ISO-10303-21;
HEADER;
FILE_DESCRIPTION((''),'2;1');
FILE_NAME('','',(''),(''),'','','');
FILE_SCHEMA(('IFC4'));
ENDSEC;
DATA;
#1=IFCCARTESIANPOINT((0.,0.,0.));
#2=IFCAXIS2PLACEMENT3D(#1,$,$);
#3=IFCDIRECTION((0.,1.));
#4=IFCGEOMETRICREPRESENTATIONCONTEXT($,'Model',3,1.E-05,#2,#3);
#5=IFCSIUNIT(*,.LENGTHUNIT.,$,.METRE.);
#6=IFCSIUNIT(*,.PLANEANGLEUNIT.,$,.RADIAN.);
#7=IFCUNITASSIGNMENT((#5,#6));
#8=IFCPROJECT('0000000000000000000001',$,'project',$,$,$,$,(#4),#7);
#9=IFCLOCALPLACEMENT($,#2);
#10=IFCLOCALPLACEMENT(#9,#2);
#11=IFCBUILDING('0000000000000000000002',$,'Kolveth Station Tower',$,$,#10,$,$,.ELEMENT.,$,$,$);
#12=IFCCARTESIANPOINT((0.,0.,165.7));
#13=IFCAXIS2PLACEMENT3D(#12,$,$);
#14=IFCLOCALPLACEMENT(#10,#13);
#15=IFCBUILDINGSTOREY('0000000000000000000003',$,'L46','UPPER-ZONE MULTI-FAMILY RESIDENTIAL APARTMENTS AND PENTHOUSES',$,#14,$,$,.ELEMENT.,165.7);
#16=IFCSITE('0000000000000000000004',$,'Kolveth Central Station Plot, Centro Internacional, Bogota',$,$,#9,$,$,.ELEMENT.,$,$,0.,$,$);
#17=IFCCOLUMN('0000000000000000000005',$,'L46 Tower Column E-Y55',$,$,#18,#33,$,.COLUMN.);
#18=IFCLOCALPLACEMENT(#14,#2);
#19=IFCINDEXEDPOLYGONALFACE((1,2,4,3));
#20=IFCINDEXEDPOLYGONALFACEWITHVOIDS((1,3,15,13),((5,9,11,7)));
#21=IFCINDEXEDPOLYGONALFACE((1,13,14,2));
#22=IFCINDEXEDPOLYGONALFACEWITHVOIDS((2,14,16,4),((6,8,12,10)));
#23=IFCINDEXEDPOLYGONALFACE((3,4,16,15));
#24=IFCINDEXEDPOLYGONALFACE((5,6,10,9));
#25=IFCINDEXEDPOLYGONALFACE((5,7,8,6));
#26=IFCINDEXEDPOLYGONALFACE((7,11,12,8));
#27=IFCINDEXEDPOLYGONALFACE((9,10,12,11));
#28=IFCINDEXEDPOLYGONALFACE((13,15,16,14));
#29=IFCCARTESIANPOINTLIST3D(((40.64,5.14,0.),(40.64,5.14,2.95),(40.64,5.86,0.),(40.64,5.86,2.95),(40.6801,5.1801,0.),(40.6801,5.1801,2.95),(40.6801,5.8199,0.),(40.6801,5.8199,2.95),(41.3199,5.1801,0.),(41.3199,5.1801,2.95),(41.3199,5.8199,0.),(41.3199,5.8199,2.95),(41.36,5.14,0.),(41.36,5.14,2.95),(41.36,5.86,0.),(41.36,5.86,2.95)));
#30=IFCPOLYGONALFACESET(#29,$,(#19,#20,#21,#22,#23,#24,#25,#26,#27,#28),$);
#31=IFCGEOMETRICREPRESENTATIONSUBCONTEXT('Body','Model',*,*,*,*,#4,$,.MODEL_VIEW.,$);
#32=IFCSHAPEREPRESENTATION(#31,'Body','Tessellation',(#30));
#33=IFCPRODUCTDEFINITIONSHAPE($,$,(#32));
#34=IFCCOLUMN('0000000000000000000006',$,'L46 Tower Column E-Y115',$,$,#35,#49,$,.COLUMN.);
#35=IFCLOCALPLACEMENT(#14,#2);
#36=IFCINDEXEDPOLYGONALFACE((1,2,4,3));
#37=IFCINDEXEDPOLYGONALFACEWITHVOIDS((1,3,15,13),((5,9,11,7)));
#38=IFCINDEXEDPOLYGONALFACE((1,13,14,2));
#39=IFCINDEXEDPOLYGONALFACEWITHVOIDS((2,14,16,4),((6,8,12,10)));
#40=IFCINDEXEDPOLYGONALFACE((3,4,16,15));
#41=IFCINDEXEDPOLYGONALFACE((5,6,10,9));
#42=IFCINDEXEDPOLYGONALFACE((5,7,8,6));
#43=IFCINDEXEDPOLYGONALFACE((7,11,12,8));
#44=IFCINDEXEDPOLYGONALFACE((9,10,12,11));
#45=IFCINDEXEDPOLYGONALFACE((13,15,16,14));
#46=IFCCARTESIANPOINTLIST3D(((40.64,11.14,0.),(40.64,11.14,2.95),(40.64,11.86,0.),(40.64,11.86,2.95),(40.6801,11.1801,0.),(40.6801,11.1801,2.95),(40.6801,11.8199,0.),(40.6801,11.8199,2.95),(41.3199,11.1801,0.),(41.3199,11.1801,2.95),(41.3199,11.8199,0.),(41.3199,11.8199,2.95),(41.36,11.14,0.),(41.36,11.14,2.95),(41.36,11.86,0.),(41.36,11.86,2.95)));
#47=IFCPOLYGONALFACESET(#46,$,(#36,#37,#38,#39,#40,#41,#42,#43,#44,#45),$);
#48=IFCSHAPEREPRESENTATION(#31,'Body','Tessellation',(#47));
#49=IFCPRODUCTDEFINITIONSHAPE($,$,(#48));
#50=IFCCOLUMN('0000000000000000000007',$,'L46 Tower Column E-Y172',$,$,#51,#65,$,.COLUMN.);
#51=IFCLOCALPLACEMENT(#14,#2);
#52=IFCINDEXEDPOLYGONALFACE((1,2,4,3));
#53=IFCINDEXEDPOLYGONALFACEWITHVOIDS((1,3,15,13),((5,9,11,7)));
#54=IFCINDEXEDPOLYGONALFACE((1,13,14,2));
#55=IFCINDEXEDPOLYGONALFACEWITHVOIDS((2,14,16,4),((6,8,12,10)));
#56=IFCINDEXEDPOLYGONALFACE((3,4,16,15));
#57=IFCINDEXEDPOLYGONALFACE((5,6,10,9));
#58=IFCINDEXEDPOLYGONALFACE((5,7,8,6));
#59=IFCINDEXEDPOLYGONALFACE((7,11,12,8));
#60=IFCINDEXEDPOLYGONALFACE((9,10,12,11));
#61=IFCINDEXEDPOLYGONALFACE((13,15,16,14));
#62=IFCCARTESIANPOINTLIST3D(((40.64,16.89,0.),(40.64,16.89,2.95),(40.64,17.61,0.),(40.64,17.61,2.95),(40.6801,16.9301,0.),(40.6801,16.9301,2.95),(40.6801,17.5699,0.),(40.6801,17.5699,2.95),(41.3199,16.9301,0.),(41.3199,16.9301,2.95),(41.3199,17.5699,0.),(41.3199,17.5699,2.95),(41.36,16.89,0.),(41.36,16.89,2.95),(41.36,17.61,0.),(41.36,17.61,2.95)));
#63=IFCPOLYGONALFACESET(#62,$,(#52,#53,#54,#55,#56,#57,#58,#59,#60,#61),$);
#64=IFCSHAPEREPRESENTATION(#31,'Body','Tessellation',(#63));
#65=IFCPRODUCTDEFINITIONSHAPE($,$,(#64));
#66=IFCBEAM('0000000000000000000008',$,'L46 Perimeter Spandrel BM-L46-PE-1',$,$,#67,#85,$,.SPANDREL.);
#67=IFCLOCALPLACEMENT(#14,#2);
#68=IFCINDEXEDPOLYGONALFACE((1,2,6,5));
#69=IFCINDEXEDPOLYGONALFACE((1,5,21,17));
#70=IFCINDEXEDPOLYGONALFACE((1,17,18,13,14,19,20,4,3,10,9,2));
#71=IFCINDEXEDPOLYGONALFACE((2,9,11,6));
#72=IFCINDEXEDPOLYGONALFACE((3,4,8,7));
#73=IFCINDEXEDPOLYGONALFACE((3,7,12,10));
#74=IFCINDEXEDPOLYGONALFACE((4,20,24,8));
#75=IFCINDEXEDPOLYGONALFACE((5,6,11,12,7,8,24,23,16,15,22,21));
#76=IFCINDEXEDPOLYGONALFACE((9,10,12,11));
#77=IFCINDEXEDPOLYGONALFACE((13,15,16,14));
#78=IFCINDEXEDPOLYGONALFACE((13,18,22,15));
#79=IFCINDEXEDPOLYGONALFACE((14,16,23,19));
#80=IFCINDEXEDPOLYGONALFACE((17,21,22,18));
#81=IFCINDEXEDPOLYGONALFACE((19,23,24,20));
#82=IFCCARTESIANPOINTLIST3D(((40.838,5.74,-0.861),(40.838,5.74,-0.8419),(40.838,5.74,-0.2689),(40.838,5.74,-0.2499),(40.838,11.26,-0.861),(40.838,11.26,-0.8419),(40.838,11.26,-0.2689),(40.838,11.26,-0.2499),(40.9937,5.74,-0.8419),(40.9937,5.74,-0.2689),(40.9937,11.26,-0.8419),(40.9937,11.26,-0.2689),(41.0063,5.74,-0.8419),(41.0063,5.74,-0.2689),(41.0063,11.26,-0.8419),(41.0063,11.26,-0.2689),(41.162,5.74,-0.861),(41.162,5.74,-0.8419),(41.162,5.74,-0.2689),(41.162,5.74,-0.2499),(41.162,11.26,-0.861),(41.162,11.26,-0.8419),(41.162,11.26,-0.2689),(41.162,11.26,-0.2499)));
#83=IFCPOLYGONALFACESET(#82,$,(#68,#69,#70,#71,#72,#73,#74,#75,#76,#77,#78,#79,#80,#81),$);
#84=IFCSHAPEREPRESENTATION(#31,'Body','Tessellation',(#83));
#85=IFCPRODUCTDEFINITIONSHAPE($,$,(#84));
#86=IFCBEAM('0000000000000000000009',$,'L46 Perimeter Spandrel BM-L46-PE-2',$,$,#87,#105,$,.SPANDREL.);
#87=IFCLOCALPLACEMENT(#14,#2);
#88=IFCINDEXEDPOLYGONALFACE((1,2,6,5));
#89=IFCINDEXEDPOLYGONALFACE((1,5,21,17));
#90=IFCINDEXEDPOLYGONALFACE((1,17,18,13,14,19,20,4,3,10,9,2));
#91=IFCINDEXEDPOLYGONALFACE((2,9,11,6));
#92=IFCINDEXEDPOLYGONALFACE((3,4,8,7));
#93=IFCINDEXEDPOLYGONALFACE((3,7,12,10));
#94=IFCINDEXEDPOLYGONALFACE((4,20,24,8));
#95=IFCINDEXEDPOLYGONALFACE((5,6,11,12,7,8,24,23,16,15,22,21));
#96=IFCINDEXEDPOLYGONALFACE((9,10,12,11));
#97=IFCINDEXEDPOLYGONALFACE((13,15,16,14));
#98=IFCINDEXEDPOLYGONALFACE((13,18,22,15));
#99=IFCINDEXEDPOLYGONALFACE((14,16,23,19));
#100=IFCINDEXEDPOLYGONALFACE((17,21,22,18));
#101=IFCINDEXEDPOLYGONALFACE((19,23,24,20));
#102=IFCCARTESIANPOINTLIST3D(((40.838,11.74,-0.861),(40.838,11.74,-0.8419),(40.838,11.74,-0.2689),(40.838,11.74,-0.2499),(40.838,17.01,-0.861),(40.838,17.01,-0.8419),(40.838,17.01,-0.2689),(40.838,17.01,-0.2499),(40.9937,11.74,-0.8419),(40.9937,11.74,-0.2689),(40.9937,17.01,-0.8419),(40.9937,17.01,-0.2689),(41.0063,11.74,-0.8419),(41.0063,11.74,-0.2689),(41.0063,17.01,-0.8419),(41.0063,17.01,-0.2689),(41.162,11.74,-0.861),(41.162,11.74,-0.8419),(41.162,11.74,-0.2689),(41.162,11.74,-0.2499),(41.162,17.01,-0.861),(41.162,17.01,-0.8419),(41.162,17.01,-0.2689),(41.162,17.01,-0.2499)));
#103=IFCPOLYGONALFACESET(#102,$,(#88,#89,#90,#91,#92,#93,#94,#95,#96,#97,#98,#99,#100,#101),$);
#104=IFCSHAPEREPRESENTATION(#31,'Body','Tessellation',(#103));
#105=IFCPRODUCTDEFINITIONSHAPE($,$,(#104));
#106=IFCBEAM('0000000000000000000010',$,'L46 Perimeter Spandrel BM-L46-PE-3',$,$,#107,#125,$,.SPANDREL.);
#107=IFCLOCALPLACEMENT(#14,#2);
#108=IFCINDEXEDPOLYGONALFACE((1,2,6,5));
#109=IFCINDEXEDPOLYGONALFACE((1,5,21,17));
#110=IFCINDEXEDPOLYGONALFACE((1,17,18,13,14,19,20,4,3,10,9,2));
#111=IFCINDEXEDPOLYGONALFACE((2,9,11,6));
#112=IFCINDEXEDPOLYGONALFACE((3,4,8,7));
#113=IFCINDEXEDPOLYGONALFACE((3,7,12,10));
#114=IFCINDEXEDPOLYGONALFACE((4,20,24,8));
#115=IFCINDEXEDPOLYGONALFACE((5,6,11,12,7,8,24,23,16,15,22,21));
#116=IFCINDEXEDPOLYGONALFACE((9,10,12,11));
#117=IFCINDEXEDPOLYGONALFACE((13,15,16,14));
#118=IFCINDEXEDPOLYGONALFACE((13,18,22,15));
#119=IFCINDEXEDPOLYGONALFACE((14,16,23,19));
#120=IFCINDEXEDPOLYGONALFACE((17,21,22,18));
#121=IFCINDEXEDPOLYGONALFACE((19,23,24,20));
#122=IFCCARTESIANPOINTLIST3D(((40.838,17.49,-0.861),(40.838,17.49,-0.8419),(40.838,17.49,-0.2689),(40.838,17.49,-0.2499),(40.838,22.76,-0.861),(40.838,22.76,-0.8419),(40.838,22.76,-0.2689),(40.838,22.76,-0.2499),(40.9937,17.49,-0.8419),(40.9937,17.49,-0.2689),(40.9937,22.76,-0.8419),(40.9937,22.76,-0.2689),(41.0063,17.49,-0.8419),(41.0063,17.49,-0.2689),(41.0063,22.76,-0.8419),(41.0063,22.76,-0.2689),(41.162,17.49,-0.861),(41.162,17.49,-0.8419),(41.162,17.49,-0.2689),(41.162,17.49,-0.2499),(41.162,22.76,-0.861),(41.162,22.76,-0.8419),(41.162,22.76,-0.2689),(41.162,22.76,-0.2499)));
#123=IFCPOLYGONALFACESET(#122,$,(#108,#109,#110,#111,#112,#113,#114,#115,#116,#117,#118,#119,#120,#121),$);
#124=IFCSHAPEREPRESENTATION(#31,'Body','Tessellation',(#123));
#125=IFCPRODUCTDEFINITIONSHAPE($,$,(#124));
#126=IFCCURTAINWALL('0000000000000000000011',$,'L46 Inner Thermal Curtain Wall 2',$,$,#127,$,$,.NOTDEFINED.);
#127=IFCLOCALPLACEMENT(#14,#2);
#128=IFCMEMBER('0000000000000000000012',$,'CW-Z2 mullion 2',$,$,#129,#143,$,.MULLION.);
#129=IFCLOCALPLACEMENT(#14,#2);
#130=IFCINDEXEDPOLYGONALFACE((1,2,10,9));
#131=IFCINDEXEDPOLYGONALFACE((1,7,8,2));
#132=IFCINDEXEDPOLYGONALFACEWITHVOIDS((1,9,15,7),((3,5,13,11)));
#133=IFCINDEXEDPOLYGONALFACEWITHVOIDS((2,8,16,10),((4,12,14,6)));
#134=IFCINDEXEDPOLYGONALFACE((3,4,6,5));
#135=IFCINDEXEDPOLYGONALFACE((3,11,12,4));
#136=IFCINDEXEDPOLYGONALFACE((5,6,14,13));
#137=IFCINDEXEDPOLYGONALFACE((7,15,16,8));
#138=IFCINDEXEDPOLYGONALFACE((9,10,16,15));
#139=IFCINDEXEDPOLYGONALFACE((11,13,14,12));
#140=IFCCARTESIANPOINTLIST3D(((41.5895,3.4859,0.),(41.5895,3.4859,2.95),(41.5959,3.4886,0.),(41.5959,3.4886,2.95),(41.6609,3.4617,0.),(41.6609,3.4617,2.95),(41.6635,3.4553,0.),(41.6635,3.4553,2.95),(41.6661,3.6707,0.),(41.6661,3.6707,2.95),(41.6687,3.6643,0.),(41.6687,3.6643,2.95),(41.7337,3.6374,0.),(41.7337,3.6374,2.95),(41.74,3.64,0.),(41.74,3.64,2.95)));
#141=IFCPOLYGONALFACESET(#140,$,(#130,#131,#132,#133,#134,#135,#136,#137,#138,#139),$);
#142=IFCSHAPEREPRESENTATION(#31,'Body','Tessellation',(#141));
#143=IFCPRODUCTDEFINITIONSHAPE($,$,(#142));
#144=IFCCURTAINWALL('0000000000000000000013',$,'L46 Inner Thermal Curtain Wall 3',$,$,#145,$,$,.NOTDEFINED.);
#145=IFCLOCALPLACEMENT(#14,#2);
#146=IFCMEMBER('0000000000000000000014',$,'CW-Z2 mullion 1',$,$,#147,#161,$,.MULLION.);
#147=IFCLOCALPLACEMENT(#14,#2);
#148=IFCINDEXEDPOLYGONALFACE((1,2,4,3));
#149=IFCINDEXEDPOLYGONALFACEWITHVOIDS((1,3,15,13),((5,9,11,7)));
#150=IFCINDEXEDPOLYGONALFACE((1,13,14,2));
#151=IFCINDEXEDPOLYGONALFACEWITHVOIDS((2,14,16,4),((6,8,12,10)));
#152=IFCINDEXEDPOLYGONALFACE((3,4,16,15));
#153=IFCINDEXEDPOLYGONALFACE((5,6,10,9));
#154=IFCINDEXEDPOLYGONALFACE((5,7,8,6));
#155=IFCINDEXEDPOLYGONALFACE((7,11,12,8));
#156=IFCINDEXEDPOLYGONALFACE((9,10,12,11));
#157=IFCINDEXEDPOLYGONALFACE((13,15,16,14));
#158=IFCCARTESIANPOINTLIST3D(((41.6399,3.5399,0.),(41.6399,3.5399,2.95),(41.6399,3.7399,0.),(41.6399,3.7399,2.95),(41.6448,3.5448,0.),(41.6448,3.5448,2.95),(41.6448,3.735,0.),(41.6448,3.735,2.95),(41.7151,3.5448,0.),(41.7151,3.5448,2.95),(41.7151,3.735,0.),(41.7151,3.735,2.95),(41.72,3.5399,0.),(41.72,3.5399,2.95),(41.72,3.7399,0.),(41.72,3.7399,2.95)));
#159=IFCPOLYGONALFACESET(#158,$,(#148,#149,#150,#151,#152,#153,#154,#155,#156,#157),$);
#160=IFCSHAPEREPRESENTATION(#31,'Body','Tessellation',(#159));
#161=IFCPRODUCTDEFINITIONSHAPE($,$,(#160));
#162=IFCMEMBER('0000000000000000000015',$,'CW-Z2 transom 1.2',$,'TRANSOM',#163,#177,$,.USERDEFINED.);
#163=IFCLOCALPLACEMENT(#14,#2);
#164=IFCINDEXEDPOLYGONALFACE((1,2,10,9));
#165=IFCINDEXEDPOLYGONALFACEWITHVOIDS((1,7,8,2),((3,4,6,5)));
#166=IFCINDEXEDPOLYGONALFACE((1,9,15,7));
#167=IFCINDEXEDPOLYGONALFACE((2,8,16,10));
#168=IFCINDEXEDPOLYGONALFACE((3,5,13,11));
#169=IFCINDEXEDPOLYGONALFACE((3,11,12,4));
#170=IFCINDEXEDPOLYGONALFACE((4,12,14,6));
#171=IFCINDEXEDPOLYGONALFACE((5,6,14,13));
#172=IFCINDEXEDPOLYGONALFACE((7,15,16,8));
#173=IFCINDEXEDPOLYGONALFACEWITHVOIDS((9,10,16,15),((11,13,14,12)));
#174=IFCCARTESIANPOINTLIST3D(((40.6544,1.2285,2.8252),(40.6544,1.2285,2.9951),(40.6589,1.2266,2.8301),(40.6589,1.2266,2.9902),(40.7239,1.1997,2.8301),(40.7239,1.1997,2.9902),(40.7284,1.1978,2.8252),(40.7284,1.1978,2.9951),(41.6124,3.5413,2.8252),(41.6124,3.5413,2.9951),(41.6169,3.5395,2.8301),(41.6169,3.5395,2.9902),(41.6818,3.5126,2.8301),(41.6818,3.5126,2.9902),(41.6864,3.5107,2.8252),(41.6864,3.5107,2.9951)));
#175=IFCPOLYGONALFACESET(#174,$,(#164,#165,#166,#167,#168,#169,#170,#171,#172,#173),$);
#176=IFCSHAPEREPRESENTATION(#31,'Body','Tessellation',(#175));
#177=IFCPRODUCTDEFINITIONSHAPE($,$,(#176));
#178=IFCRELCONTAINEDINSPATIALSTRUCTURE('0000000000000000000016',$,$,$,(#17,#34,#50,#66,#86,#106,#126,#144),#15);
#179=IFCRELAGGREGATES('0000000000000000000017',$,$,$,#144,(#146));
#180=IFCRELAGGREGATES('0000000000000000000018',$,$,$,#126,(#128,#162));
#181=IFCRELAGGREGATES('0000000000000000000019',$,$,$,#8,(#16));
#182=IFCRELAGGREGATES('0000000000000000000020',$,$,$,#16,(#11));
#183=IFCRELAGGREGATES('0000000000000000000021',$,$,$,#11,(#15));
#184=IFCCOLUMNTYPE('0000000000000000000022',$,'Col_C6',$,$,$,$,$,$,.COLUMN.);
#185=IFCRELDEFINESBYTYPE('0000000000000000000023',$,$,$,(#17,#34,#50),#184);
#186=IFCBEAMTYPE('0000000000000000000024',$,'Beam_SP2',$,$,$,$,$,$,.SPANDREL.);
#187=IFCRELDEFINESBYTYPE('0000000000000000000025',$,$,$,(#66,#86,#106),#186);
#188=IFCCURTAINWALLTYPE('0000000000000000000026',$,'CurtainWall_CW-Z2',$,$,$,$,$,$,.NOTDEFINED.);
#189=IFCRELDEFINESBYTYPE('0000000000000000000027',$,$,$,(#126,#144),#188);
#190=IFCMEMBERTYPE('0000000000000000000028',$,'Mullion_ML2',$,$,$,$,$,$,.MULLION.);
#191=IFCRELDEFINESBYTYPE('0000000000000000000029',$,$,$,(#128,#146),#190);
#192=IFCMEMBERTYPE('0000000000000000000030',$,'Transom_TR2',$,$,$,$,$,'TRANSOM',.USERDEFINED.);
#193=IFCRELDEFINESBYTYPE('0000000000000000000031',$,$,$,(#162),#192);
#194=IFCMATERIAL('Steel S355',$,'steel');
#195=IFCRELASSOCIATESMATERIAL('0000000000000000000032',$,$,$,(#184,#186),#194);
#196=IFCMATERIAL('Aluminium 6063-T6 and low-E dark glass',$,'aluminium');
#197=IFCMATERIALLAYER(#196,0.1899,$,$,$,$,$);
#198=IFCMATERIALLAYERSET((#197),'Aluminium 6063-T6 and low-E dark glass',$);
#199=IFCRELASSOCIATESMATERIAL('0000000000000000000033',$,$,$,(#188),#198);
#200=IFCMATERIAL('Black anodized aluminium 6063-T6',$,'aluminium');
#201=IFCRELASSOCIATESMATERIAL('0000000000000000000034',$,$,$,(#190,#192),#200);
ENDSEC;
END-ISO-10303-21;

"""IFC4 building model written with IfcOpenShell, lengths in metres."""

from ifc_helpers import new_model, si_unit, direction, frame, origin, origin_2d, place, context, subcontext, project, spatial, hollow_rectangle, i_section, extrude, source, transform, mapped, material, layer, layer_set, material_profile, profile_set, type_object, element, aggregate, save


model = new_model("IFC4")

# Units and contexts
model_context = context("Model", 3, precision=1e-05, world=origin(), true_north=direction((0.0, 1.0)))
body_context = subcontext(model_context, "Body", "Model", "MODEL_VIEW")
ifc_project = project(units=[si_unit("LENGTHUNIT", "METRE"), si_unit("PLANEANGLEUNIT", "RADIAN")], contexts=[model_context])

# Site, building, storey
site_placement = place(None, origin())
site = spatial("IfcSite", under=ifc_project, at=site_placement, Name="Kolveth Central Station Plot, Centro Internacional, Bogota", CompositionType="ELEMENT", RefElevation=0.0)
building_placement = place(site_placement, origin())
building = spatial("IfcBuilding", under=site, at=building_placement, Name="Kolveth Station Tower", CompositionType="ELEMENT")
storey_placement = place(building_placement, frame((0.0, 0.0, 165.7)))
storey = spatial("IfcBuildingStorey", under=building, at=storey_placement, Name="L46", Description="UPPER-ZONE MULTI-FAMILY RESIDENTIAL APARTMENTS AND PENTHOUSES", CompositionType="ELEMENT", Elevation=165.7)

# Columns
ifc_material_1 = material(Name="Steel S355", Category="steel")
ifc_material_profile_1 = material_profile(ifc_material_1, hollow_rectangle(XDim=0.72, YDim=0.72, WallThickness=0.04, at=origin_2d()), Name="BOX720x720x40")
ifc_profile_set_1 = profile_set([ifc_material_profile_1], Name="Steel S355")
column_type = type_object("IfcColumnType", Name="Col_C6", PredefinedType="COLUMN", material=ifc_profile_set_1)
shared_shape_1 = source(origin(), body_context, "Body", "SweptSolid", [
    extrude(hollow_rectangle(XDim=0.72, YDim=0.72, WallThickness=0.04, at=origin_2d()), origin(), (0.0, 0.0, 1.0), 2.95),
])
for number, where, z_axis, x_axis, name in (
    (1, (41.0, 5.5, 0.0), (0.0, 0.0, 1.0), (1.0, 0.0, 0.0), "L46 Tower Column E-Y55"),
    (2, (41.0, 11.5, 0.0), (0.0, 0.0, 1.0), (1.0, 0.0, 0.0), "L46 Tower Column E-Y115"),
    (3, (41.0, 17.25, 0.0), (0.0, 0.0, 1.0), (1.0, 0.0, 0.0), "L46 Tower Column E-Y172"),
):
    element("IfcColumn", number, at=place(storey_placement, frame(where, z_axis=z_axis, x_axis=x_axis)), inside=storey, type_object=column_type, Name=name, PredefinedType="COLUMN", context=body_context, shape_type="MappedRepresentation", body=[
        mapped(shared_shape_1, transform((0.0, 0.0, 0.0), x_axis=(1.0, 0.0, 0.0), y_axis=(0.0, 1.0, 0.0), z_axis=(0.0, 0.0, 1.0), scale=1.0)),
    ])

# Beams
ifc_material_profile_2 = material_profile(ifc_material_1, i_section(OverallWidth=0.324, OverallDepth=0.6111, WebThickness=0.0127, FlangeThickness=0.019, at=origin_2d()), Name="W610x155")
ifc_profile_set_2 = profile_set([ifc_material_profile_2], Name="Steel S355")
beam_type = type_object("IfcBeamType", Name="Beam_SP2", PredefinedType="SPANDREL", material=ifc_profile_set_2)
shared_shape_2 = source(origin(), body_context, "Body", "SweptSolid", [
    extrude(i_section(OverallWidth=0.324, OverallDepth=0.6111, WebThickness=0.0127, FlangeThickness=0.019, at=origin_2d()), origin(), (0.0, 0.0, 1.0), 5.52),
])
beam_placement = place(storey_placement, frame((41.0, 5.74, -0.5554), z_axis=(0.0, 1.0, 0.0), x_axis=(-1.0, 0.0, 0.0)))
element("IfcBeam", 4, at=beam_placement, inside=storey, type_object=beam_type, Name="L46 Perimeter Spandrel BM-L46-PE-1", PredefinedType="SPANDREL", context=body_context, shape_type="MappedRepresentation", body=[
    mapped(shared_shape_2, transform((0.0, 0.0, 0.0), x_axis=(1.0, 0.0, 0.0), y_axis=(0.0, 1.0, 0.0), z_axis=(0.0, 0.0, 1.0), scale=1.0)),
])
shared_shape_3 = source(origin(), body_context, "Body", "SweptSolid", [
    extrude(i_section(OverallWidth=0.324, OverallDepth=0.6111, WebThickness=0.0127, FlangeThickness=0.019, at=origin_2d()), origin(), (0.0, 0.0, 1.0), 5.27),
])
for number, where, z_axis, x_axis, name in (
    (5, (41.0, 11.74, -0.5554), (0.0, 1.0, 0.0), (-1.0, 0.0, 0.0), "L46 Perimeter Spandrel BM-L46-PE-2"),
    (6, (41.0, 17.49, -0.5554), (0.0, 1.0, 0.0), (-1.0, 0.0, 0.0), "L46 Perimeter Spandrel BM-L46-PE-3"),
):
    element("IfcBeam", number, at=place(storey_placement, frame(where, z_axis=z_axis, x_axis=x_axis)), inside=storey, type_object=beam_type, Name=name, PredefinedType="SPANDREL", context=body_context, shape_type="MappedRepresentation", body=[
        mapped(shared_shape_3, transform((0.0, 0.0, 0.0), x_axis=(1.0, 0.0, 0.0), y_axis=(0.0, 1.0, 0.0), z_axis=(0.0, 0.0, 1.0), scale=1.0)),
    ])

# Curtain walls, members
ifc_material_2 = material(Name="Aluminium 6063-T6 and low-E dark glass", Category="aluminium")
ifc_layer_1 = layer(ifc_material_2, 0.1899)
ifc_layer_set_1 = layer_set([ifc_layer_1], Name="Aluminium 6063-T6 and low-E dark glass")
curtain_wall_type_1 = type_object("IfcCurtainWallType", Name="CurtainWall_CW-Z2", PredefinedType="NOTDEFINED", material=ifc_layer_set_1)
curtain_wall_1_placement = place(storey_placement, origin())
curtain_wall_1 = element("IfcCurtainWall", 7, at=curtain_wall_1_placement, inside=storey, type_object=curtain_wall_type_1, Name="L46 Inner Thermal Curtain Wall 2", PredefinedType="NOTDEFINED")
ifc_material_3 = material(Name="Black anodized aluminium 6063-T6", Category="aluminium")
ifc_material_profile_3 = material_profile(ifc_material_3, hollow_rectangle(XDim=0.0801, YDim=0.2, WallThickness=0.0049, at=origin_2d()), Name="ALU-80x200x5")
ifc_profile_set_3 = profile_set([ifc_material_profile_3], Name="Black anodized aluminium 6063-T6")
member_type_1 = type_object("IfcMemberType", Name="Mullion_ML2", PredefinedType="MULLION", material=ifc_profile_set_3)
shared_shape_4 = source(origin(), body_context, "Body", "SweptSolid", [
    extrude(hollow_rectangle(XDim=0.0801, YDim=0.2, WallThickness=0.0049, at=origin_2d()), origin(), (0.0, 0.0, 1.0), 2.95),
])
member_1_placement = place(storey_placement, frame((41.6648, 3.563, 0.0), z_axis=(0.0, 0.0, 1.0), x_axis=(-0.923874, 0.382698, 0.0)))
member_1 = element("IfcMember", 8, at=member_1_placement, type_object=member_type_1, Name="CW-Z2 mullion 2", PredefinedType="MULLION", context=body_context, shape_type="MappedRepresentation", body=[
    mapped(shared_shape_4, transform((0.0, 0.0, 0.0), x_axis=(1.0, 0.0, 0.0), y_axis=(0.0, 1.0, 0.0), z_axis=(0.0, 0.0, 1.0), scale=1.0)),
])
curtain_wall_2_placement = place(storey_placement, origin())
curtain_wall_2 = element("IfcCurtainWall", 9, at=curtain_wall_2_placement, inside=storey, type_object=curtain_wall_type_1, Name="L46 Inner Thermal Curtain Wall 3", PredefinedType="NOTDEFINED")
member_2_placement = place(storey_placement, frame((41.6799, 3.6399, 0.0), z_axis=(0.0, 0.0, 1.0), x_axis=(-1.0, 0.0, 0.0)))
member_2 = element("IfcMember", 10, at=member_2_placement, type_object=member_type_1, Name="CW-Z2 mullion 1", PredefinedType="MULLION", context=body_context, shape_type="MappedRepresentation", body=[
    mapped(shared_shape_4, transform((0.0, 0.0, 0.0), x_axis=(1.0, 0.0, 0.0), y_axis=(0.0, 1.0, 0.0), z_axis=(0.0, 0.0, 1.0), scale=1.0)),
])

# Member
ifc_material_profile_4 = material_profile(ifc_material_3, hollow_rectangle(XDim=0.0801, YDim=0.1699, WallThickness=0.0049, at=origin_2d()), Name="ALU-80x170x5")
ifc_profile_set_4 = profile_set([ifc_material_profile_4], Name="Black anodized aluminium 6063-T6")
member_type_2 = type_object("IfcMemberType", Name="Transom_TR2", ElementType="TRANSOM", PredefinedType="USERDEFINED", material=ifc_profile_set_4)
shared_shape_5 = source(origin(), body_context, "Body", "SweptSolid", [
    extrude(hollow_rectangle(XDim=0.0801, YDim=0.1699, WallThickness=0.0049, at=origin_2d()), origin(), (0.0, 0.0, 1.0), 2.5034),
])
member_3_placement = place(storey_placement, frame((40.6914, 1.2131, 2.9102), z_axis=(0.382662, 0.923888, 0.0), x_axis=(-0.923888, 0.382662, 0.0)))
member_3 = element("IfcMember", 11, at=member_3_placement, type_object=member_type_2, Name="CW-Z2 transom 1.2", ObjectType="TRANSOM", PredefinedType="USERDEFINED", context=body_context, shape_type="MappedRepresentation", body=[
    mapped(shared_shape_5, transform((0.0, 0.0, 0.0), x_axis=(1.0, 0.0, 0.0), y_axis=(0.0, 1.0, 0.0), z_axis=(0.0, 0.0, 1.0), scale=1.0)),
])
aggregate(curtain_wall_2, [member_2])

aggregate(curtain_wall_1, [member_1, member_3])

save(model, "model.ifc")
